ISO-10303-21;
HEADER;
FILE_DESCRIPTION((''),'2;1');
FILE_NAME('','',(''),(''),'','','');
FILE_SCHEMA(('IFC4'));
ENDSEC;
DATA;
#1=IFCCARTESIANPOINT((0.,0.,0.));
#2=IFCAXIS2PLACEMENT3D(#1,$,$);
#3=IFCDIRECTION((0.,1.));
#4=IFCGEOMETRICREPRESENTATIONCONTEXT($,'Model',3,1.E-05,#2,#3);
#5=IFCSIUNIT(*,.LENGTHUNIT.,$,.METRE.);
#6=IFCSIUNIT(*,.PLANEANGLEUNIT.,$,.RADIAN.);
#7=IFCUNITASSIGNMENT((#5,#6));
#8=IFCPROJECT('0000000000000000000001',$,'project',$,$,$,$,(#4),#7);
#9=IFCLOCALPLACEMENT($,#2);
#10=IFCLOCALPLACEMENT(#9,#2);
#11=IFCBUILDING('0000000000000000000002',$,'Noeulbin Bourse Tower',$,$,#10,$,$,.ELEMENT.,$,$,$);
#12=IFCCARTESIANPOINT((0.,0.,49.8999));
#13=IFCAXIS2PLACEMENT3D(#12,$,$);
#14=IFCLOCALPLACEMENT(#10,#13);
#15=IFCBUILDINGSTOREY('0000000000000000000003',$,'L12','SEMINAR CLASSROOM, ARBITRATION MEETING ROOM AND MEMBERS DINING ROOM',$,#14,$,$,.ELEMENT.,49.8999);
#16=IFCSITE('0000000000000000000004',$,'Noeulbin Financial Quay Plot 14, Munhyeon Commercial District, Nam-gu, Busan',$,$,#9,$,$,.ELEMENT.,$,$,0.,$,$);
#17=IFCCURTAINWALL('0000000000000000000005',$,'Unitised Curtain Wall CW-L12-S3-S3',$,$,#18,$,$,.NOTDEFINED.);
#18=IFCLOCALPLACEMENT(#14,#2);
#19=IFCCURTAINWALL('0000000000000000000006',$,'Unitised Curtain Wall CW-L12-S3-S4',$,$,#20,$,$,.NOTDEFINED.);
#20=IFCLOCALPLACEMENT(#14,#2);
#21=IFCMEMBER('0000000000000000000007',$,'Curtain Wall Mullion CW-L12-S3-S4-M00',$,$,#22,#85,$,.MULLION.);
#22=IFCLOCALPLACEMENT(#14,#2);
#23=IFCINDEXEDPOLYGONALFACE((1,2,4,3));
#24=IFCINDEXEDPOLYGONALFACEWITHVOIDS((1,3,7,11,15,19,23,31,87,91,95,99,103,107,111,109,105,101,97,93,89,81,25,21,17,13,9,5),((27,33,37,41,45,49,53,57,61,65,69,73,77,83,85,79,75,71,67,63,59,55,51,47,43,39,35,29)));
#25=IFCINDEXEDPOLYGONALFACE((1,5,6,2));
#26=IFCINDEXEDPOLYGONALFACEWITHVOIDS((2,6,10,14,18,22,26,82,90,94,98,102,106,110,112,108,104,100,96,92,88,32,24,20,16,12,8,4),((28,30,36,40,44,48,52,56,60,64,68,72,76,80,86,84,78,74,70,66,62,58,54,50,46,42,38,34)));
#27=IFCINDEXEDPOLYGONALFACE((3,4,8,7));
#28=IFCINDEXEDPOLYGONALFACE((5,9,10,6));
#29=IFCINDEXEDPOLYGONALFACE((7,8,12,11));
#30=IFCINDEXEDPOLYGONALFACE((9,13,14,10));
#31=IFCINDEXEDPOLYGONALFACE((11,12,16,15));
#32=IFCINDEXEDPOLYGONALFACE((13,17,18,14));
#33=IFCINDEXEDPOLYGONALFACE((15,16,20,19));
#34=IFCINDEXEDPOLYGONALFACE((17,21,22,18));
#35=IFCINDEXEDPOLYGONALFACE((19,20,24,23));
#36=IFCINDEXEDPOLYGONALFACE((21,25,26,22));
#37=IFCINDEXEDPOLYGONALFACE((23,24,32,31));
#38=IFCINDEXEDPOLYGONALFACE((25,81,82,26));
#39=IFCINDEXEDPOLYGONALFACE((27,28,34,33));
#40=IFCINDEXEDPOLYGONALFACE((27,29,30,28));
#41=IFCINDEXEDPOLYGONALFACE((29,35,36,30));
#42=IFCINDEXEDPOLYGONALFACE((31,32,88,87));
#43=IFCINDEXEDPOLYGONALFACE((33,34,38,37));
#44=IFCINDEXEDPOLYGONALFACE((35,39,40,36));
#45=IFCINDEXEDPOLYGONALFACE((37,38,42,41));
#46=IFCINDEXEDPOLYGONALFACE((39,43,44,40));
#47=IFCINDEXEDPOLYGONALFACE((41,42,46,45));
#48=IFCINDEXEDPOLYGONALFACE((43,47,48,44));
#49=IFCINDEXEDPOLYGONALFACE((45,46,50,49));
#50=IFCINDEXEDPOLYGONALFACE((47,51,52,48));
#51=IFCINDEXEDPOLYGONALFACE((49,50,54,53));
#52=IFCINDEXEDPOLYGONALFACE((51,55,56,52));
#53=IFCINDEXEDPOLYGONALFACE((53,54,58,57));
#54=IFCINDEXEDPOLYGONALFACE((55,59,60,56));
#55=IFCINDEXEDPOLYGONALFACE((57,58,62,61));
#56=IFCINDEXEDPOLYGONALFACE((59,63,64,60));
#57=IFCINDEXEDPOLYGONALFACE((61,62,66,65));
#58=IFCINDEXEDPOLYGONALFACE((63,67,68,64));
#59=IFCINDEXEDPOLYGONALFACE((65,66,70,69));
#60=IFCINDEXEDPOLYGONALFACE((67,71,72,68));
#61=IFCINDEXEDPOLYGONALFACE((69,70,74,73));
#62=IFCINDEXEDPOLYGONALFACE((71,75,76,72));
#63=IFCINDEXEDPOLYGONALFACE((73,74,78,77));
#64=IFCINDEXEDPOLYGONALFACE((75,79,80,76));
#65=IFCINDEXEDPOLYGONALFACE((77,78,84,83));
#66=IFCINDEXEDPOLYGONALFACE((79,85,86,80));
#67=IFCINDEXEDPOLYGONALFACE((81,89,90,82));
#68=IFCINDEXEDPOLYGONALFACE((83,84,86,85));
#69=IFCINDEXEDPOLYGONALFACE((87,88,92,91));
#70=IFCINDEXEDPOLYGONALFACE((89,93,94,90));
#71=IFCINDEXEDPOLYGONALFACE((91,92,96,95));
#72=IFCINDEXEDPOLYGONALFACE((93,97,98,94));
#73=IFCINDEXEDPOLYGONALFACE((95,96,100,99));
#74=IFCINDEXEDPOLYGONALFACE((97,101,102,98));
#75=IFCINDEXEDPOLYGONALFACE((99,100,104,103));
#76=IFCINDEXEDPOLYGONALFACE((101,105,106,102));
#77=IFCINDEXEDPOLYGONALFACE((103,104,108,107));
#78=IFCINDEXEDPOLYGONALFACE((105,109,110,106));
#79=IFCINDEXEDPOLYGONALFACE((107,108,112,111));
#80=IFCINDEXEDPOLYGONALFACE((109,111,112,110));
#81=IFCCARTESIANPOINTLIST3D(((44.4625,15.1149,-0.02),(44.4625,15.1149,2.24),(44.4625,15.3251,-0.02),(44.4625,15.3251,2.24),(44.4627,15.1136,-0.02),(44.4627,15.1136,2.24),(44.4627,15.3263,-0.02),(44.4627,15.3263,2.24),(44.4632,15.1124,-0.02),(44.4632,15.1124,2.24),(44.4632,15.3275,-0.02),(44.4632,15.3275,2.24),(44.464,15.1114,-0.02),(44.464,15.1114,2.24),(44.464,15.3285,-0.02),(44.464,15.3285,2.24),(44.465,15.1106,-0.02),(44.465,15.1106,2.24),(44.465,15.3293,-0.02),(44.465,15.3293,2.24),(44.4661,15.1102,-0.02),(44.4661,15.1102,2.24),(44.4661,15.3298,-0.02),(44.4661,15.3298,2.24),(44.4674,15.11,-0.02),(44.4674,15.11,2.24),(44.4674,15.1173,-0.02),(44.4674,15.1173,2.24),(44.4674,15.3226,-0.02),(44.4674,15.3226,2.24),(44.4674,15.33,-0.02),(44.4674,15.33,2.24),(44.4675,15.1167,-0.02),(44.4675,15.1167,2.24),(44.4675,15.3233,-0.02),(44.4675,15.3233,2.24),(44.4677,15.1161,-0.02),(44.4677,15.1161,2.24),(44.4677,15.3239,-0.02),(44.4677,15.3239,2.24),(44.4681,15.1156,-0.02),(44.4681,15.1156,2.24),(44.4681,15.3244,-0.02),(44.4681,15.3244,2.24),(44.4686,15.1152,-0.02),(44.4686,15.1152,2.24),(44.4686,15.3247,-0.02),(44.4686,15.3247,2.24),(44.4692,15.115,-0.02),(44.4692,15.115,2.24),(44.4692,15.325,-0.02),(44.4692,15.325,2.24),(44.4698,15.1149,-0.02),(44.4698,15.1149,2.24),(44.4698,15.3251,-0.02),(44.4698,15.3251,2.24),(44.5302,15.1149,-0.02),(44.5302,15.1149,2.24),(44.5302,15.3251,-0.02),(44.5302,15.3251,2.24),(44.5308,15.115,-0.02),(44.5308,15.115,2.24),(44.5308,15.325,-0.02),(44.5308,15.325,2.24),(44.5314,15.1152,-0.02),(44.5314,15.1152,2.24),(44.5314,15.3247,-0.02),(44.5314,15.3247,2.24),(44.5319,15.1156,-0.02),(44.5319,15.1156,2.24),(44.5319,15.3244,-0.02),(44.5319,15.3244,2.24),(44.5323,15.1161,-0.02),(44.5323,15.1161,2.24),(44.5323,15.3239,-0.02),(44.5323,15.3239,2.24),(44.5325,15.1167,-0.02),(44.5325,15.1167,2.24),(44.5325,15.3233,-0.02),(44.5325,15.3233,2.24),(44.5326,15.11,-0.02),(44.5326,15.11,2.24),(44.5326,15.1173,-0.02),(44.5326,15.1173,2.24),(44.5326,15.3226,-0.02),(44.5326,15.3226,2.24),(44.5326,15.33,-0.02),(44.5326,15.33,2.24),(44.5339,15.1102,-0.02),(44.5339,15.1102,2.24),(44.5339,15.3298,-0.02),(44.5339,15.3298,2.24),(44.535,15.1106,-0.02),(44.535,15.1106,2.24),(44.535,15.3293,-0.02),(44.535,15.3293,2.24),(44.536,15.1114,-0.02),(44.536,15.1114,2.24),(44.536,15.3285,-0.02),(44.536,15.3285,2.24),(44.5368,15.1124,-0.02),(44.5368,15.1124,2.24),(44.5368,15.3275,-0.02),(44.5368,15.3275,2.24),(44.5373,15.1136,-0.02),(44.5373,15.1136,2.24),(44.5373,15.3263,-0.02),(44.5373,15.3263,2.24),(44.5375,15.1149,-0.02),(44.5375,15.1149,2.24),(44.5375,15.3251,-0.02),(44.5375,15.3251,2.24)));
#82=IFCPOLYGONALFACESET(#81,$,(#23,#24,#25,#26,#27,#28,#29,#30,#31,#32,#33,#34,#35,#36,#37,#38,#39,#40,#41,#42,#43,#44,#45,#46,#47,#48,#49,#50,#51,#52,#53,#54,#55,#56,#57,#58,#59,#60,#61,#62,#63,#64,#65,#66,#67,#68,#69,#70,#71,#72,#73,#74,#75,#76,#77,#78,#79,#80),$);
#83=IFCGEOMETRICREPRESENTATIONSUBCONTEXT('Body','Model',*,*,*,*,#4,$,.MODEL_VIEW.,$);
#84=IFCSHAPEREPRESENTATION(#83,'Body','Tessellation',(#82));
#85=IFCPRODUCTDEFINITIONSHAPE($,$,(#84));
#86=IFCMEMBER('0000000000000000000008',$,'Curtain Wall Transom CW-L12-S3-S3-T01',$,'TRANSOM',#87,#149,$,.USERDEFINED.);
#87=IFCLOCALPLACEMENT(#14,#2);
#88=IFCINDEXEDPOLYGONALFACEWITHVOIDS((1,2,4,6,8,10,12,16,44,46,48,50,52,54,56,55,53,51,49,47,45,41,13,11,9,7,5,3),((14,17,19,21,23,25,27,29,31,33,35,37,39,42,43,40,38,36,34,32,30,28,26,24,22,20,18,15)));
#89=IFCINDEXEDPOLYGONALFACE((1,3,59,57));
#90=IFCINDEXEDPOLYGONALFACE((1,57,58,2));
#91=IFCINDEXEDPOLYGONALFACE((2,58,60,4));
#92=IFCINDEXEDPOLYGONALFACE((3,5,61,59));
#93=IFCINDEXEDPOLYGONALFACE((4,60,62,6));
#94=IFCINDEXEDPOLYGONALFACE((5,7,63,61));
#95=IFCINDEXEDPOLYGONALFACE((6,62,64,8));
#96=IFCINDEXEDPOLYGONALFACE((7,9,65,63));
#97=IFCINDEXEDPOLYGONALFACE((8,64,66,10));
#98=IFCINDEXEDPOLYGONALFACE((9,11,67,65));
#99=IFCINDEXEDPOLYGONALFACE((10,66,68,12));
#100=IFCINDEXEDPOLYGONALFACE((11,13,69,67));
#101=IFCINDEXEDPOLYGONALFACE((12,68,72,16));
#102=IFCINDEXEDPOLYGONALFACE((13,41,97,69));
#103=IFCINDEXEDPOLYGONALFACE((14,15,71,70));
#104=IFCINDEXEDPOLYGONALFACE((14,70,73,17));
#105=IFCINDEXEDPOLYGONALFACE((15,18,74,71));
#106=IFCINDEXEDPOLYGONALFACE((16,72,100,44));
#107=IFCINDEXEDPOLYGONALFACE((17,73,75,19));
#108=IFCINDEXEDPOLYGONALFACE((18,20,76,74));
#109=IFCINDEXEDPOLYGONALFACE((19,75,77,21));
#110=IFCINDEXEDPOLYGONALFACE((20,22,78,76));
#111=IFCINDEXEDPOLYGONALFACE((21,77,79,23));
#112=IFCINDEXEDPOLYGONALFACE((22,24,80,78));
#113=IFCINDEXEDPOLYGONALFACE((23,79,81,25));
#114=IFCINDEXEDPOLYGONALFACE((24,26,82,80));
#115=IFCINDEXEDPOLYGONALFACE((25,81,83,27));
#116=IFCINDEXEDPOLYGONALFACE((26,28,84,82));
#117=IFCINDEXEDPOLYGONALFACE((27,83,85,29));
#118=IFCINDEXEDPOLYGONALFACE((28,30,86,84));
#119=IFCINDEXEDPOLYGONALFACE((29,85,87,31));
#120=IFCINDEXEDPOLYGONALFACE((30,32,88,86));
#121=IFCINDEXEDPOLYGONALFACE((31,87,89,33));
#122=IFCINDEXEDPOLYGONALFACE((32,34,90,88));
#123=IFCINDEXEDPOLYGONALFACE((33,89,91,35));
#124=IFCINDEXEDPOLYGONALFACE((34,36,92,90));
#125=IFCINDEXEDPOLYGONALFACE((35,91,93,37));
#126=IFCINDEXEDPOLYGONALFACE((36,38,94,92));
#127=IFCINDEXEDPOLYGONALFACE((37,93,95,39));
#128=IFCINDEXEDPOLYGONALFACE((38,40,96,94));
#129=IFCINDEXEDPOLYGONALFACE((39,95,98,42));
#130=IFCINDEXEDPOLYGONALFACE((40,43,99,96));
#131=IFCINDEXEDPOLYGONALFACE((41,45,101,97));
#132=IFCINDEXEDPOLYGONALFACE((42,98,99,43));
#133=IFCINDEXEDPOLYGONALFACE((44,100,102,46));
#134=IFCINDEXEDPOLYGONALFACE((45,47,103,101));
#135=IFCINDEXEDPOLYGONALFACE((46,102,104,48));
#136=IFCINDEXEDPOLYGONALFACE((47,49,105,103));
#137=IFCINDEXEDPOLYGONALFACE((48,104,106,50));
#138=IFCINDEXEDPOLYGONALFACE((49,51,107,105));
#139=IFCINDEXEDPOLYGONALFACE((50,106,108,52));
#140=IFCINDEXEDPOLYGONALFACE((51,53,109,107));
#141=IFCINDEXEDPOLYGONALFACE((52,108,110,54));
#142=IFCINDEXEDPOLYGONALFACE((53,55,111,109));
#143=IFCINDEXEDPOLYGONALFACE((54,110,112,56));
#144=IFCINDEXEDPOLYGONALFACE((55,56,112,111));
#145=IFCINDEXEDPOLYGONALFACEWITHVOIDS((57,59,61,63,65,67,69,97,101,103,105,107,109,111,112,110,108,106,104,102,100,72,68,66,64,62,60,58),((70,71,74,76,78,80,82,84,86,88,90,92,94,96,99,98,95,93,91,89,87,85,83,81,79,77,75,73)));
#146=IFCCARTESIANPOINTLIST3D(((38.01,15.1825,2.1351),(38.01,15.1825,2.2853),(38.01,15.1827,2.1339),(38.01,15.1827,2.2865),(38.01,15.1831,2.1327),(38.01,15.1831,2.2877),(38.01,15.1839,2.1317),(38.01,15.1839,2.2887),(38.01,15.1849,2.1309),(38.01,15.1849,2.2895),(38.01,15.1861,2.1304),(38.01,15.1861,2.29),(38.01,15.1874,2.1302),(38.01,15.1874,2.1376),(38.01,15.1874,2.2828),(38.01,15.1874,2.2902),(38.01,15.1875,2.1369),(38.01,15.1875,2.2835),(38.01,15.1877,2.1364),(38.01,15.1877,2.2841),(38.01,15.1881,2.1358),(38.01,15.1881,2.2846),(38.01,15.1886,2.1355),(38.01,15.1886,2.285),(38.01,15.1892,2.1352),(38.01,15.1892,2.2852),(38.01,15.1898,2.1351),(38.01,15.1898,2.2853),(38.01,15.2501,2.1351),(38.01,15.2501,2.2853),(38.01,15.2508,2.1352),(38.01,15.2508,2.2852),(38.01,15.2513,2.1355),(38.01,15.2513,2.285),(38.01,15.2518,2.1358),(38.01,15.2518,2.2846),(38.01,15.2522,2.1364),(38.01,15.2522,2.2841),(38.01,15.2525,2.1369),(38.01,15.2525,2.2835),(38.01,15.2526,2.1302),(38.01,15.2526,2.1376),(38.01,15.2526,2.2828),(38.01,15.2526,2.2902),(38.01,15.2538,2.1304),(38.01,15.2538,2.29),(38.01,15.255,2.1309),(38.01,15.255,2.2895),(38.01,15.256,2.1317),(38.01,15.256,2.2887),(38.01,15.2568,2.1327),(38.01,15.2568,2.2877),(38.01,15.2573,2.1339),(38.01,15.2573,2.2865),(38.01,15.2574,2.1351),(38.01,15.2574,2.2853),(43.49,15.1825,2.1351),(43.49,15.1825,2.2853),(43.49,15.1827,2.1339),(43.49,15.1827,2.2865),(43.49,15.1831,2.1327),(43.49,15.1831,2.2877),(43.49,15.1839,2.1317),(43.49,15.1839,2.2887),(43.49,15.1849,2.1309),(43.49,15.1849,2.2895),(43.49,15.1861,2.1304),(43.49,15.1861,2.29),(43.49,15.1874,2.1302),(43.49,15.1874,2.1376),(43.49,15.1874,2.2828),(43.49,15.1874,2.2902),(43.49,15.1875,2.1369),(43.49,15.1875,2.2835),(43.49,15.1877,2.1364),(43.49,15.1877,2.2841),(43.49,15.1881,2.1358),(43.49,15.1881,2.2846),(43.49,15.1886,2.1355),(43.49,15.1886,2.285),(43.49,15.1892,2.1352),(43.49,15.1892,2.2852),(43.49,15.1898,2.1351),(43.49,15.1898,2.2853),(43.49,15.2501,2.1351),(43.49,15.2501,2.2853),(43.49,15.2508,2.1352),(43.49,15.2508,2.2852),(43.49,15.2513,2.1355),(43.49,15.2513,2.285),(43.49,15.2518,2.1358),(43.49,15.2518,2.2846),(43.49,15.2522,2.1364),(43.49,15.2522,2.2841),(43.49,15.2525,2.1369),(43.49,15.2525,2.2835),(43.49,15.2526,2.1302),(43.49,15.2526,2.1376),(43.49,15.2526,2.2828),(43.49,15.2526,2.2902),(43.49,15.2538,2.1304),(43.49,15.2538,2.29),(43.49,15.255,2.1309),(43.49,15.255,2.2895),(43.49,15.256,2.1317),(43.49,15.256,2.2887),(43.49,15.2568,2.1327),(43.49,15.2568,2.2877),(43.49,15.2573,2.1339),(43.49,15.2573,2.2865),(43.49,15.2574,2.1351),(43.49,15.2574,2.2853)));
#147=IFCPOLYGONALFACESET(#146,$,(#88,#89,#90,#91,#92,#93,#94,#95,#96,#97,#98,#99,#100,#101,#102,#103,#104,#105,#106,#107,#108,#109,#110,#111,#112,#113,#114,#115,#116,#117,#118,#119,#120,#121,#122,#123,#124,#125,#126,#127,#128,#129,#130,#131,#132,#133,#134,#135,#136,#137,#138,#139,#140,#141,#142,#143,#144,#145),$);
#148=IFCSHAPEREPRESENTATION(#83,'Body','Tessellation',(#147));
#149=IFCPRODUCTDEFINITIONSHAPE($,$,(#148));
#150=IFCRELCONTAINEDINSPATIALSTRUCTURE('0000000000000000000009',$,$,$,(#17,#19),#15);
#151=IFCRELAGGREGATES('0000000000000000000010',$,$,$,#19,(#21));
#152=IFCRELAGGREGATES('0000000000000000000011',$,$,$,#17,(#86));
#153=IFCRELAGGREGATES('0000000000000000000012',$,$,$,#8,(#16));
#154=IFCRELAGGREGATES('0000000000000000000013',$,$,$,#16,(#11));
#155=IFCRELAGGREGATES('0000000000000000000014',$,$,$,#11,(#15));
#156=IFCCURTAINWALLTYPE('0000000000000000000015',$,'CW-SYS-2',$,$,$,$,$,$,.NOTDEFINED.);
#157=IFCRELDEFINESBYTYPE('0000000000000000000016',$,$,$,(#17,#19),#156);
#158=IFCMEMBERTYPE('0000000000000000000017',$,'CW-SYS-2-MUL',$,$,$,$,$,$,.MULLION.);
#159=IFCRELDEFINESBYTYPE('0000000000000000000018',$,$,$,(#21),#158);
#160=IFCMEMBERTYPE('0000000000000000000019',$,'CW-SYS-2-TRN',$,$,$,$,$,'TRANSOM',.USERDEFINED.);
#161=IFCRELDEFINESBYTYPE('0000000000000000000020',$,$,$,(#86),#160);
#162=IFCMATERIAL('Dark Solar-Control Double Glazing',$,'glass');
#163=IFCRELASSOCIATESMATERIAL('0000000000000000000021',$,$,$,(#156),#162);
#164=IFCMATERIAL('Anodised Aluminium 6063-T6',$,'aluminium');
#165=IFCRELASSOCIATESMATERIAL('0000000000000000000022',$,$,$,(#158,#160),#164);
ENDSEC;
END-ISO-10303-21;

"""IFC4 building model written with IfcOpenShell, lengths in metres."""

from ifc_helpers import new_model, si_unit, direction, frame, origin, origin_2d, place, context, subcontext, project, spatial, hollow_rectangle, extrude, material, material_profile, profile_set, type_object, element, aggregate, save


model = new_model("IFC4")

# Units and contexts
model_context = context("Model", 3, precision=1e-05, world=origin(), true_north=direction((0.0, 1.0)))
body_context = subcontext(model_context, "Body", "Model", "MODEL_VIEW")
ifc_project = project(units=[si_unit("LENGTHUNIT", "METRE"), si_unit("PLANEANGLEUNIT", "RADIAN")], contexts=[model_context])

# Site, building, storey
site_placement = place(None, origin())
site = spatial("IfcSite", under=ifc_project, at=site_placement, Name="Noeulbin Financial Quay Plot 14, Munhyeon Commercial District, Nam-gu, Busan", CompositionType="ELEMENT", RefElevation=0.0)
building_placement = place(site_placement, origin())
building = spatial("IfcBuilding", under=site, at=building_placement, Name="Noeulbin Bourse Tower", CompositionType="ELEMENT")
storey_placement = place(building_placement, frame((0.0, 0.0, 49.8999)))
storey = spatial("IfcBuildingStorey", under=building, at=storey_placement, Name="L12", Description="SEMINAR CLASSROOM, ARBITRATION MEETING ROOM AND MEMBERS DINING ROOM", CompositionType="ELEMENT", Elevation=49.8999)

# Curtain walls, member
ifc_material_1 = material(Name="Dark Solar-Control Double Glazing", Category="glass")
curtain_wall_type = type_object("IfcCurtainWallType", Name="CW-SYS-2", PredefinedType="NOTDEFINED", material=ifc_material_1)
curtain_wall_1_placement = place(storey_placement, origin())
curtain_wall_1 = element("IfcCurtainWall", 1, at=curtain_wall_1_placement, inside=storey, type_object=curtain_wall_type, Name="Unitised Curtain Wall CW-L12-S3-S3", PredefinedType="NOTDEFINED")
ifc_material_2 = material(Name="Anodised Aluminium 6063-T6", Category="aluminium")
ifc_material_profile_1 = material_profile(ifc_material_2, hollow_rectangle(XDim=0.075, YDim=0.22, WallThickness=0.0049, InnerFilletRadius=0.0024, OuterFilletRadius=0.0049, at=origin_2d()), Name="ALU-MULL-75x220x5", Category="LoadBearing")
ifc_profile_set_1 = profile_set([ifc_material_profile_1], Name="Anodised Aluminium 6063-T6")
member_type_1 = type_object("IfcMemberType", Name="CW-SYS-2-MUL", PredefinedType="MULLION", material=ifc_profile_set_1)
curtain_wall_2_placement = place(storey_placement, origin())
curtain_wall_2 = element("IfcCurtainWall", 2, at=curtain_wall_2_placement, inside=storey, type_object=curtain_wall_type, Name="Unitised Curtain Wall CW-L12-S3-S4", PredefinedType="NOTDEFINED")
member_1_placement = place(storey_placement, frame((44.5, 15.22, -0.02), z_axis=(0.0, 0.0, 1.0), x_axis=(1.0, 0.0, 0.0)))
member_1 = element("IfcMember", 3, at=member_1_placement, type_object=member_type_1, Name="Curtain Wall Mullion CW-L12-S3-S4-M00", PredefinedType="MULLION", context=body_context, shape_type="SweptSolid", body=[
    extrude(hollow_rectangle(XDim=0.075, YDim=0.22, WallThickness=0.0049, InnerFilletRadius=0.0024, OuterFilletRadius=0.0049, at=origin_2d()), origin(), (0.0, 0.0, 1.0), 2.26),
])

# Member
ifc_material_profile_2 = material_profile(ifc_material_2, hollow_rectangle(XDim=0.075, YDim=0.1599, WallThickness=0.0049, InnerFilletRadius=0.0024, OuterFilletRadius=0.0049, at=origin_2d()), Name="ALU-TRAN-75x160x5", Category="LoadBearing")
ifc_profile_set_2 = profile_set([ifc_material_profile_2], Name="Anodised Aluminium 6063-T6")
member_type_2 = type_object("IfcMemberType", Name="CW-SYS-2-TRN", ElementType="TRANSOM", PredefinedType="USERDEFINED", material=ifc_profile_set_2)
member_2_placement = place(storey_placement, frame((38.01, 15.22, 2.2102), z_axis=(1.0, 0.0, 0.0), x_axis=(0.0, 1.0, 0.0)))
member_2 = element("IfcMember", 4, at=member_2_placement, type_object=member_type_2, Name="Curtain Wall Transom CW-L12-S3-S3-T01", ObjectType="TRANSOM", PredefinedType="USERDEFINED", context=body_context, shape_type="SweptSolid", body=[
    extrude(hollow_rectangle(XDim=0.075, YDim=0.1599, WallThickness=0.0049, InnerFilletRadius=0.0024, OuterFilletRadius=0.0049, at=origin_2d()), origin(), (0.0, 0.0, 1.0), 5.48),
])
aggregate(curtain_wall_2, [member_1])

aggregate(curtain_wall_1, [member_2])

save(model, "model.ifc")
